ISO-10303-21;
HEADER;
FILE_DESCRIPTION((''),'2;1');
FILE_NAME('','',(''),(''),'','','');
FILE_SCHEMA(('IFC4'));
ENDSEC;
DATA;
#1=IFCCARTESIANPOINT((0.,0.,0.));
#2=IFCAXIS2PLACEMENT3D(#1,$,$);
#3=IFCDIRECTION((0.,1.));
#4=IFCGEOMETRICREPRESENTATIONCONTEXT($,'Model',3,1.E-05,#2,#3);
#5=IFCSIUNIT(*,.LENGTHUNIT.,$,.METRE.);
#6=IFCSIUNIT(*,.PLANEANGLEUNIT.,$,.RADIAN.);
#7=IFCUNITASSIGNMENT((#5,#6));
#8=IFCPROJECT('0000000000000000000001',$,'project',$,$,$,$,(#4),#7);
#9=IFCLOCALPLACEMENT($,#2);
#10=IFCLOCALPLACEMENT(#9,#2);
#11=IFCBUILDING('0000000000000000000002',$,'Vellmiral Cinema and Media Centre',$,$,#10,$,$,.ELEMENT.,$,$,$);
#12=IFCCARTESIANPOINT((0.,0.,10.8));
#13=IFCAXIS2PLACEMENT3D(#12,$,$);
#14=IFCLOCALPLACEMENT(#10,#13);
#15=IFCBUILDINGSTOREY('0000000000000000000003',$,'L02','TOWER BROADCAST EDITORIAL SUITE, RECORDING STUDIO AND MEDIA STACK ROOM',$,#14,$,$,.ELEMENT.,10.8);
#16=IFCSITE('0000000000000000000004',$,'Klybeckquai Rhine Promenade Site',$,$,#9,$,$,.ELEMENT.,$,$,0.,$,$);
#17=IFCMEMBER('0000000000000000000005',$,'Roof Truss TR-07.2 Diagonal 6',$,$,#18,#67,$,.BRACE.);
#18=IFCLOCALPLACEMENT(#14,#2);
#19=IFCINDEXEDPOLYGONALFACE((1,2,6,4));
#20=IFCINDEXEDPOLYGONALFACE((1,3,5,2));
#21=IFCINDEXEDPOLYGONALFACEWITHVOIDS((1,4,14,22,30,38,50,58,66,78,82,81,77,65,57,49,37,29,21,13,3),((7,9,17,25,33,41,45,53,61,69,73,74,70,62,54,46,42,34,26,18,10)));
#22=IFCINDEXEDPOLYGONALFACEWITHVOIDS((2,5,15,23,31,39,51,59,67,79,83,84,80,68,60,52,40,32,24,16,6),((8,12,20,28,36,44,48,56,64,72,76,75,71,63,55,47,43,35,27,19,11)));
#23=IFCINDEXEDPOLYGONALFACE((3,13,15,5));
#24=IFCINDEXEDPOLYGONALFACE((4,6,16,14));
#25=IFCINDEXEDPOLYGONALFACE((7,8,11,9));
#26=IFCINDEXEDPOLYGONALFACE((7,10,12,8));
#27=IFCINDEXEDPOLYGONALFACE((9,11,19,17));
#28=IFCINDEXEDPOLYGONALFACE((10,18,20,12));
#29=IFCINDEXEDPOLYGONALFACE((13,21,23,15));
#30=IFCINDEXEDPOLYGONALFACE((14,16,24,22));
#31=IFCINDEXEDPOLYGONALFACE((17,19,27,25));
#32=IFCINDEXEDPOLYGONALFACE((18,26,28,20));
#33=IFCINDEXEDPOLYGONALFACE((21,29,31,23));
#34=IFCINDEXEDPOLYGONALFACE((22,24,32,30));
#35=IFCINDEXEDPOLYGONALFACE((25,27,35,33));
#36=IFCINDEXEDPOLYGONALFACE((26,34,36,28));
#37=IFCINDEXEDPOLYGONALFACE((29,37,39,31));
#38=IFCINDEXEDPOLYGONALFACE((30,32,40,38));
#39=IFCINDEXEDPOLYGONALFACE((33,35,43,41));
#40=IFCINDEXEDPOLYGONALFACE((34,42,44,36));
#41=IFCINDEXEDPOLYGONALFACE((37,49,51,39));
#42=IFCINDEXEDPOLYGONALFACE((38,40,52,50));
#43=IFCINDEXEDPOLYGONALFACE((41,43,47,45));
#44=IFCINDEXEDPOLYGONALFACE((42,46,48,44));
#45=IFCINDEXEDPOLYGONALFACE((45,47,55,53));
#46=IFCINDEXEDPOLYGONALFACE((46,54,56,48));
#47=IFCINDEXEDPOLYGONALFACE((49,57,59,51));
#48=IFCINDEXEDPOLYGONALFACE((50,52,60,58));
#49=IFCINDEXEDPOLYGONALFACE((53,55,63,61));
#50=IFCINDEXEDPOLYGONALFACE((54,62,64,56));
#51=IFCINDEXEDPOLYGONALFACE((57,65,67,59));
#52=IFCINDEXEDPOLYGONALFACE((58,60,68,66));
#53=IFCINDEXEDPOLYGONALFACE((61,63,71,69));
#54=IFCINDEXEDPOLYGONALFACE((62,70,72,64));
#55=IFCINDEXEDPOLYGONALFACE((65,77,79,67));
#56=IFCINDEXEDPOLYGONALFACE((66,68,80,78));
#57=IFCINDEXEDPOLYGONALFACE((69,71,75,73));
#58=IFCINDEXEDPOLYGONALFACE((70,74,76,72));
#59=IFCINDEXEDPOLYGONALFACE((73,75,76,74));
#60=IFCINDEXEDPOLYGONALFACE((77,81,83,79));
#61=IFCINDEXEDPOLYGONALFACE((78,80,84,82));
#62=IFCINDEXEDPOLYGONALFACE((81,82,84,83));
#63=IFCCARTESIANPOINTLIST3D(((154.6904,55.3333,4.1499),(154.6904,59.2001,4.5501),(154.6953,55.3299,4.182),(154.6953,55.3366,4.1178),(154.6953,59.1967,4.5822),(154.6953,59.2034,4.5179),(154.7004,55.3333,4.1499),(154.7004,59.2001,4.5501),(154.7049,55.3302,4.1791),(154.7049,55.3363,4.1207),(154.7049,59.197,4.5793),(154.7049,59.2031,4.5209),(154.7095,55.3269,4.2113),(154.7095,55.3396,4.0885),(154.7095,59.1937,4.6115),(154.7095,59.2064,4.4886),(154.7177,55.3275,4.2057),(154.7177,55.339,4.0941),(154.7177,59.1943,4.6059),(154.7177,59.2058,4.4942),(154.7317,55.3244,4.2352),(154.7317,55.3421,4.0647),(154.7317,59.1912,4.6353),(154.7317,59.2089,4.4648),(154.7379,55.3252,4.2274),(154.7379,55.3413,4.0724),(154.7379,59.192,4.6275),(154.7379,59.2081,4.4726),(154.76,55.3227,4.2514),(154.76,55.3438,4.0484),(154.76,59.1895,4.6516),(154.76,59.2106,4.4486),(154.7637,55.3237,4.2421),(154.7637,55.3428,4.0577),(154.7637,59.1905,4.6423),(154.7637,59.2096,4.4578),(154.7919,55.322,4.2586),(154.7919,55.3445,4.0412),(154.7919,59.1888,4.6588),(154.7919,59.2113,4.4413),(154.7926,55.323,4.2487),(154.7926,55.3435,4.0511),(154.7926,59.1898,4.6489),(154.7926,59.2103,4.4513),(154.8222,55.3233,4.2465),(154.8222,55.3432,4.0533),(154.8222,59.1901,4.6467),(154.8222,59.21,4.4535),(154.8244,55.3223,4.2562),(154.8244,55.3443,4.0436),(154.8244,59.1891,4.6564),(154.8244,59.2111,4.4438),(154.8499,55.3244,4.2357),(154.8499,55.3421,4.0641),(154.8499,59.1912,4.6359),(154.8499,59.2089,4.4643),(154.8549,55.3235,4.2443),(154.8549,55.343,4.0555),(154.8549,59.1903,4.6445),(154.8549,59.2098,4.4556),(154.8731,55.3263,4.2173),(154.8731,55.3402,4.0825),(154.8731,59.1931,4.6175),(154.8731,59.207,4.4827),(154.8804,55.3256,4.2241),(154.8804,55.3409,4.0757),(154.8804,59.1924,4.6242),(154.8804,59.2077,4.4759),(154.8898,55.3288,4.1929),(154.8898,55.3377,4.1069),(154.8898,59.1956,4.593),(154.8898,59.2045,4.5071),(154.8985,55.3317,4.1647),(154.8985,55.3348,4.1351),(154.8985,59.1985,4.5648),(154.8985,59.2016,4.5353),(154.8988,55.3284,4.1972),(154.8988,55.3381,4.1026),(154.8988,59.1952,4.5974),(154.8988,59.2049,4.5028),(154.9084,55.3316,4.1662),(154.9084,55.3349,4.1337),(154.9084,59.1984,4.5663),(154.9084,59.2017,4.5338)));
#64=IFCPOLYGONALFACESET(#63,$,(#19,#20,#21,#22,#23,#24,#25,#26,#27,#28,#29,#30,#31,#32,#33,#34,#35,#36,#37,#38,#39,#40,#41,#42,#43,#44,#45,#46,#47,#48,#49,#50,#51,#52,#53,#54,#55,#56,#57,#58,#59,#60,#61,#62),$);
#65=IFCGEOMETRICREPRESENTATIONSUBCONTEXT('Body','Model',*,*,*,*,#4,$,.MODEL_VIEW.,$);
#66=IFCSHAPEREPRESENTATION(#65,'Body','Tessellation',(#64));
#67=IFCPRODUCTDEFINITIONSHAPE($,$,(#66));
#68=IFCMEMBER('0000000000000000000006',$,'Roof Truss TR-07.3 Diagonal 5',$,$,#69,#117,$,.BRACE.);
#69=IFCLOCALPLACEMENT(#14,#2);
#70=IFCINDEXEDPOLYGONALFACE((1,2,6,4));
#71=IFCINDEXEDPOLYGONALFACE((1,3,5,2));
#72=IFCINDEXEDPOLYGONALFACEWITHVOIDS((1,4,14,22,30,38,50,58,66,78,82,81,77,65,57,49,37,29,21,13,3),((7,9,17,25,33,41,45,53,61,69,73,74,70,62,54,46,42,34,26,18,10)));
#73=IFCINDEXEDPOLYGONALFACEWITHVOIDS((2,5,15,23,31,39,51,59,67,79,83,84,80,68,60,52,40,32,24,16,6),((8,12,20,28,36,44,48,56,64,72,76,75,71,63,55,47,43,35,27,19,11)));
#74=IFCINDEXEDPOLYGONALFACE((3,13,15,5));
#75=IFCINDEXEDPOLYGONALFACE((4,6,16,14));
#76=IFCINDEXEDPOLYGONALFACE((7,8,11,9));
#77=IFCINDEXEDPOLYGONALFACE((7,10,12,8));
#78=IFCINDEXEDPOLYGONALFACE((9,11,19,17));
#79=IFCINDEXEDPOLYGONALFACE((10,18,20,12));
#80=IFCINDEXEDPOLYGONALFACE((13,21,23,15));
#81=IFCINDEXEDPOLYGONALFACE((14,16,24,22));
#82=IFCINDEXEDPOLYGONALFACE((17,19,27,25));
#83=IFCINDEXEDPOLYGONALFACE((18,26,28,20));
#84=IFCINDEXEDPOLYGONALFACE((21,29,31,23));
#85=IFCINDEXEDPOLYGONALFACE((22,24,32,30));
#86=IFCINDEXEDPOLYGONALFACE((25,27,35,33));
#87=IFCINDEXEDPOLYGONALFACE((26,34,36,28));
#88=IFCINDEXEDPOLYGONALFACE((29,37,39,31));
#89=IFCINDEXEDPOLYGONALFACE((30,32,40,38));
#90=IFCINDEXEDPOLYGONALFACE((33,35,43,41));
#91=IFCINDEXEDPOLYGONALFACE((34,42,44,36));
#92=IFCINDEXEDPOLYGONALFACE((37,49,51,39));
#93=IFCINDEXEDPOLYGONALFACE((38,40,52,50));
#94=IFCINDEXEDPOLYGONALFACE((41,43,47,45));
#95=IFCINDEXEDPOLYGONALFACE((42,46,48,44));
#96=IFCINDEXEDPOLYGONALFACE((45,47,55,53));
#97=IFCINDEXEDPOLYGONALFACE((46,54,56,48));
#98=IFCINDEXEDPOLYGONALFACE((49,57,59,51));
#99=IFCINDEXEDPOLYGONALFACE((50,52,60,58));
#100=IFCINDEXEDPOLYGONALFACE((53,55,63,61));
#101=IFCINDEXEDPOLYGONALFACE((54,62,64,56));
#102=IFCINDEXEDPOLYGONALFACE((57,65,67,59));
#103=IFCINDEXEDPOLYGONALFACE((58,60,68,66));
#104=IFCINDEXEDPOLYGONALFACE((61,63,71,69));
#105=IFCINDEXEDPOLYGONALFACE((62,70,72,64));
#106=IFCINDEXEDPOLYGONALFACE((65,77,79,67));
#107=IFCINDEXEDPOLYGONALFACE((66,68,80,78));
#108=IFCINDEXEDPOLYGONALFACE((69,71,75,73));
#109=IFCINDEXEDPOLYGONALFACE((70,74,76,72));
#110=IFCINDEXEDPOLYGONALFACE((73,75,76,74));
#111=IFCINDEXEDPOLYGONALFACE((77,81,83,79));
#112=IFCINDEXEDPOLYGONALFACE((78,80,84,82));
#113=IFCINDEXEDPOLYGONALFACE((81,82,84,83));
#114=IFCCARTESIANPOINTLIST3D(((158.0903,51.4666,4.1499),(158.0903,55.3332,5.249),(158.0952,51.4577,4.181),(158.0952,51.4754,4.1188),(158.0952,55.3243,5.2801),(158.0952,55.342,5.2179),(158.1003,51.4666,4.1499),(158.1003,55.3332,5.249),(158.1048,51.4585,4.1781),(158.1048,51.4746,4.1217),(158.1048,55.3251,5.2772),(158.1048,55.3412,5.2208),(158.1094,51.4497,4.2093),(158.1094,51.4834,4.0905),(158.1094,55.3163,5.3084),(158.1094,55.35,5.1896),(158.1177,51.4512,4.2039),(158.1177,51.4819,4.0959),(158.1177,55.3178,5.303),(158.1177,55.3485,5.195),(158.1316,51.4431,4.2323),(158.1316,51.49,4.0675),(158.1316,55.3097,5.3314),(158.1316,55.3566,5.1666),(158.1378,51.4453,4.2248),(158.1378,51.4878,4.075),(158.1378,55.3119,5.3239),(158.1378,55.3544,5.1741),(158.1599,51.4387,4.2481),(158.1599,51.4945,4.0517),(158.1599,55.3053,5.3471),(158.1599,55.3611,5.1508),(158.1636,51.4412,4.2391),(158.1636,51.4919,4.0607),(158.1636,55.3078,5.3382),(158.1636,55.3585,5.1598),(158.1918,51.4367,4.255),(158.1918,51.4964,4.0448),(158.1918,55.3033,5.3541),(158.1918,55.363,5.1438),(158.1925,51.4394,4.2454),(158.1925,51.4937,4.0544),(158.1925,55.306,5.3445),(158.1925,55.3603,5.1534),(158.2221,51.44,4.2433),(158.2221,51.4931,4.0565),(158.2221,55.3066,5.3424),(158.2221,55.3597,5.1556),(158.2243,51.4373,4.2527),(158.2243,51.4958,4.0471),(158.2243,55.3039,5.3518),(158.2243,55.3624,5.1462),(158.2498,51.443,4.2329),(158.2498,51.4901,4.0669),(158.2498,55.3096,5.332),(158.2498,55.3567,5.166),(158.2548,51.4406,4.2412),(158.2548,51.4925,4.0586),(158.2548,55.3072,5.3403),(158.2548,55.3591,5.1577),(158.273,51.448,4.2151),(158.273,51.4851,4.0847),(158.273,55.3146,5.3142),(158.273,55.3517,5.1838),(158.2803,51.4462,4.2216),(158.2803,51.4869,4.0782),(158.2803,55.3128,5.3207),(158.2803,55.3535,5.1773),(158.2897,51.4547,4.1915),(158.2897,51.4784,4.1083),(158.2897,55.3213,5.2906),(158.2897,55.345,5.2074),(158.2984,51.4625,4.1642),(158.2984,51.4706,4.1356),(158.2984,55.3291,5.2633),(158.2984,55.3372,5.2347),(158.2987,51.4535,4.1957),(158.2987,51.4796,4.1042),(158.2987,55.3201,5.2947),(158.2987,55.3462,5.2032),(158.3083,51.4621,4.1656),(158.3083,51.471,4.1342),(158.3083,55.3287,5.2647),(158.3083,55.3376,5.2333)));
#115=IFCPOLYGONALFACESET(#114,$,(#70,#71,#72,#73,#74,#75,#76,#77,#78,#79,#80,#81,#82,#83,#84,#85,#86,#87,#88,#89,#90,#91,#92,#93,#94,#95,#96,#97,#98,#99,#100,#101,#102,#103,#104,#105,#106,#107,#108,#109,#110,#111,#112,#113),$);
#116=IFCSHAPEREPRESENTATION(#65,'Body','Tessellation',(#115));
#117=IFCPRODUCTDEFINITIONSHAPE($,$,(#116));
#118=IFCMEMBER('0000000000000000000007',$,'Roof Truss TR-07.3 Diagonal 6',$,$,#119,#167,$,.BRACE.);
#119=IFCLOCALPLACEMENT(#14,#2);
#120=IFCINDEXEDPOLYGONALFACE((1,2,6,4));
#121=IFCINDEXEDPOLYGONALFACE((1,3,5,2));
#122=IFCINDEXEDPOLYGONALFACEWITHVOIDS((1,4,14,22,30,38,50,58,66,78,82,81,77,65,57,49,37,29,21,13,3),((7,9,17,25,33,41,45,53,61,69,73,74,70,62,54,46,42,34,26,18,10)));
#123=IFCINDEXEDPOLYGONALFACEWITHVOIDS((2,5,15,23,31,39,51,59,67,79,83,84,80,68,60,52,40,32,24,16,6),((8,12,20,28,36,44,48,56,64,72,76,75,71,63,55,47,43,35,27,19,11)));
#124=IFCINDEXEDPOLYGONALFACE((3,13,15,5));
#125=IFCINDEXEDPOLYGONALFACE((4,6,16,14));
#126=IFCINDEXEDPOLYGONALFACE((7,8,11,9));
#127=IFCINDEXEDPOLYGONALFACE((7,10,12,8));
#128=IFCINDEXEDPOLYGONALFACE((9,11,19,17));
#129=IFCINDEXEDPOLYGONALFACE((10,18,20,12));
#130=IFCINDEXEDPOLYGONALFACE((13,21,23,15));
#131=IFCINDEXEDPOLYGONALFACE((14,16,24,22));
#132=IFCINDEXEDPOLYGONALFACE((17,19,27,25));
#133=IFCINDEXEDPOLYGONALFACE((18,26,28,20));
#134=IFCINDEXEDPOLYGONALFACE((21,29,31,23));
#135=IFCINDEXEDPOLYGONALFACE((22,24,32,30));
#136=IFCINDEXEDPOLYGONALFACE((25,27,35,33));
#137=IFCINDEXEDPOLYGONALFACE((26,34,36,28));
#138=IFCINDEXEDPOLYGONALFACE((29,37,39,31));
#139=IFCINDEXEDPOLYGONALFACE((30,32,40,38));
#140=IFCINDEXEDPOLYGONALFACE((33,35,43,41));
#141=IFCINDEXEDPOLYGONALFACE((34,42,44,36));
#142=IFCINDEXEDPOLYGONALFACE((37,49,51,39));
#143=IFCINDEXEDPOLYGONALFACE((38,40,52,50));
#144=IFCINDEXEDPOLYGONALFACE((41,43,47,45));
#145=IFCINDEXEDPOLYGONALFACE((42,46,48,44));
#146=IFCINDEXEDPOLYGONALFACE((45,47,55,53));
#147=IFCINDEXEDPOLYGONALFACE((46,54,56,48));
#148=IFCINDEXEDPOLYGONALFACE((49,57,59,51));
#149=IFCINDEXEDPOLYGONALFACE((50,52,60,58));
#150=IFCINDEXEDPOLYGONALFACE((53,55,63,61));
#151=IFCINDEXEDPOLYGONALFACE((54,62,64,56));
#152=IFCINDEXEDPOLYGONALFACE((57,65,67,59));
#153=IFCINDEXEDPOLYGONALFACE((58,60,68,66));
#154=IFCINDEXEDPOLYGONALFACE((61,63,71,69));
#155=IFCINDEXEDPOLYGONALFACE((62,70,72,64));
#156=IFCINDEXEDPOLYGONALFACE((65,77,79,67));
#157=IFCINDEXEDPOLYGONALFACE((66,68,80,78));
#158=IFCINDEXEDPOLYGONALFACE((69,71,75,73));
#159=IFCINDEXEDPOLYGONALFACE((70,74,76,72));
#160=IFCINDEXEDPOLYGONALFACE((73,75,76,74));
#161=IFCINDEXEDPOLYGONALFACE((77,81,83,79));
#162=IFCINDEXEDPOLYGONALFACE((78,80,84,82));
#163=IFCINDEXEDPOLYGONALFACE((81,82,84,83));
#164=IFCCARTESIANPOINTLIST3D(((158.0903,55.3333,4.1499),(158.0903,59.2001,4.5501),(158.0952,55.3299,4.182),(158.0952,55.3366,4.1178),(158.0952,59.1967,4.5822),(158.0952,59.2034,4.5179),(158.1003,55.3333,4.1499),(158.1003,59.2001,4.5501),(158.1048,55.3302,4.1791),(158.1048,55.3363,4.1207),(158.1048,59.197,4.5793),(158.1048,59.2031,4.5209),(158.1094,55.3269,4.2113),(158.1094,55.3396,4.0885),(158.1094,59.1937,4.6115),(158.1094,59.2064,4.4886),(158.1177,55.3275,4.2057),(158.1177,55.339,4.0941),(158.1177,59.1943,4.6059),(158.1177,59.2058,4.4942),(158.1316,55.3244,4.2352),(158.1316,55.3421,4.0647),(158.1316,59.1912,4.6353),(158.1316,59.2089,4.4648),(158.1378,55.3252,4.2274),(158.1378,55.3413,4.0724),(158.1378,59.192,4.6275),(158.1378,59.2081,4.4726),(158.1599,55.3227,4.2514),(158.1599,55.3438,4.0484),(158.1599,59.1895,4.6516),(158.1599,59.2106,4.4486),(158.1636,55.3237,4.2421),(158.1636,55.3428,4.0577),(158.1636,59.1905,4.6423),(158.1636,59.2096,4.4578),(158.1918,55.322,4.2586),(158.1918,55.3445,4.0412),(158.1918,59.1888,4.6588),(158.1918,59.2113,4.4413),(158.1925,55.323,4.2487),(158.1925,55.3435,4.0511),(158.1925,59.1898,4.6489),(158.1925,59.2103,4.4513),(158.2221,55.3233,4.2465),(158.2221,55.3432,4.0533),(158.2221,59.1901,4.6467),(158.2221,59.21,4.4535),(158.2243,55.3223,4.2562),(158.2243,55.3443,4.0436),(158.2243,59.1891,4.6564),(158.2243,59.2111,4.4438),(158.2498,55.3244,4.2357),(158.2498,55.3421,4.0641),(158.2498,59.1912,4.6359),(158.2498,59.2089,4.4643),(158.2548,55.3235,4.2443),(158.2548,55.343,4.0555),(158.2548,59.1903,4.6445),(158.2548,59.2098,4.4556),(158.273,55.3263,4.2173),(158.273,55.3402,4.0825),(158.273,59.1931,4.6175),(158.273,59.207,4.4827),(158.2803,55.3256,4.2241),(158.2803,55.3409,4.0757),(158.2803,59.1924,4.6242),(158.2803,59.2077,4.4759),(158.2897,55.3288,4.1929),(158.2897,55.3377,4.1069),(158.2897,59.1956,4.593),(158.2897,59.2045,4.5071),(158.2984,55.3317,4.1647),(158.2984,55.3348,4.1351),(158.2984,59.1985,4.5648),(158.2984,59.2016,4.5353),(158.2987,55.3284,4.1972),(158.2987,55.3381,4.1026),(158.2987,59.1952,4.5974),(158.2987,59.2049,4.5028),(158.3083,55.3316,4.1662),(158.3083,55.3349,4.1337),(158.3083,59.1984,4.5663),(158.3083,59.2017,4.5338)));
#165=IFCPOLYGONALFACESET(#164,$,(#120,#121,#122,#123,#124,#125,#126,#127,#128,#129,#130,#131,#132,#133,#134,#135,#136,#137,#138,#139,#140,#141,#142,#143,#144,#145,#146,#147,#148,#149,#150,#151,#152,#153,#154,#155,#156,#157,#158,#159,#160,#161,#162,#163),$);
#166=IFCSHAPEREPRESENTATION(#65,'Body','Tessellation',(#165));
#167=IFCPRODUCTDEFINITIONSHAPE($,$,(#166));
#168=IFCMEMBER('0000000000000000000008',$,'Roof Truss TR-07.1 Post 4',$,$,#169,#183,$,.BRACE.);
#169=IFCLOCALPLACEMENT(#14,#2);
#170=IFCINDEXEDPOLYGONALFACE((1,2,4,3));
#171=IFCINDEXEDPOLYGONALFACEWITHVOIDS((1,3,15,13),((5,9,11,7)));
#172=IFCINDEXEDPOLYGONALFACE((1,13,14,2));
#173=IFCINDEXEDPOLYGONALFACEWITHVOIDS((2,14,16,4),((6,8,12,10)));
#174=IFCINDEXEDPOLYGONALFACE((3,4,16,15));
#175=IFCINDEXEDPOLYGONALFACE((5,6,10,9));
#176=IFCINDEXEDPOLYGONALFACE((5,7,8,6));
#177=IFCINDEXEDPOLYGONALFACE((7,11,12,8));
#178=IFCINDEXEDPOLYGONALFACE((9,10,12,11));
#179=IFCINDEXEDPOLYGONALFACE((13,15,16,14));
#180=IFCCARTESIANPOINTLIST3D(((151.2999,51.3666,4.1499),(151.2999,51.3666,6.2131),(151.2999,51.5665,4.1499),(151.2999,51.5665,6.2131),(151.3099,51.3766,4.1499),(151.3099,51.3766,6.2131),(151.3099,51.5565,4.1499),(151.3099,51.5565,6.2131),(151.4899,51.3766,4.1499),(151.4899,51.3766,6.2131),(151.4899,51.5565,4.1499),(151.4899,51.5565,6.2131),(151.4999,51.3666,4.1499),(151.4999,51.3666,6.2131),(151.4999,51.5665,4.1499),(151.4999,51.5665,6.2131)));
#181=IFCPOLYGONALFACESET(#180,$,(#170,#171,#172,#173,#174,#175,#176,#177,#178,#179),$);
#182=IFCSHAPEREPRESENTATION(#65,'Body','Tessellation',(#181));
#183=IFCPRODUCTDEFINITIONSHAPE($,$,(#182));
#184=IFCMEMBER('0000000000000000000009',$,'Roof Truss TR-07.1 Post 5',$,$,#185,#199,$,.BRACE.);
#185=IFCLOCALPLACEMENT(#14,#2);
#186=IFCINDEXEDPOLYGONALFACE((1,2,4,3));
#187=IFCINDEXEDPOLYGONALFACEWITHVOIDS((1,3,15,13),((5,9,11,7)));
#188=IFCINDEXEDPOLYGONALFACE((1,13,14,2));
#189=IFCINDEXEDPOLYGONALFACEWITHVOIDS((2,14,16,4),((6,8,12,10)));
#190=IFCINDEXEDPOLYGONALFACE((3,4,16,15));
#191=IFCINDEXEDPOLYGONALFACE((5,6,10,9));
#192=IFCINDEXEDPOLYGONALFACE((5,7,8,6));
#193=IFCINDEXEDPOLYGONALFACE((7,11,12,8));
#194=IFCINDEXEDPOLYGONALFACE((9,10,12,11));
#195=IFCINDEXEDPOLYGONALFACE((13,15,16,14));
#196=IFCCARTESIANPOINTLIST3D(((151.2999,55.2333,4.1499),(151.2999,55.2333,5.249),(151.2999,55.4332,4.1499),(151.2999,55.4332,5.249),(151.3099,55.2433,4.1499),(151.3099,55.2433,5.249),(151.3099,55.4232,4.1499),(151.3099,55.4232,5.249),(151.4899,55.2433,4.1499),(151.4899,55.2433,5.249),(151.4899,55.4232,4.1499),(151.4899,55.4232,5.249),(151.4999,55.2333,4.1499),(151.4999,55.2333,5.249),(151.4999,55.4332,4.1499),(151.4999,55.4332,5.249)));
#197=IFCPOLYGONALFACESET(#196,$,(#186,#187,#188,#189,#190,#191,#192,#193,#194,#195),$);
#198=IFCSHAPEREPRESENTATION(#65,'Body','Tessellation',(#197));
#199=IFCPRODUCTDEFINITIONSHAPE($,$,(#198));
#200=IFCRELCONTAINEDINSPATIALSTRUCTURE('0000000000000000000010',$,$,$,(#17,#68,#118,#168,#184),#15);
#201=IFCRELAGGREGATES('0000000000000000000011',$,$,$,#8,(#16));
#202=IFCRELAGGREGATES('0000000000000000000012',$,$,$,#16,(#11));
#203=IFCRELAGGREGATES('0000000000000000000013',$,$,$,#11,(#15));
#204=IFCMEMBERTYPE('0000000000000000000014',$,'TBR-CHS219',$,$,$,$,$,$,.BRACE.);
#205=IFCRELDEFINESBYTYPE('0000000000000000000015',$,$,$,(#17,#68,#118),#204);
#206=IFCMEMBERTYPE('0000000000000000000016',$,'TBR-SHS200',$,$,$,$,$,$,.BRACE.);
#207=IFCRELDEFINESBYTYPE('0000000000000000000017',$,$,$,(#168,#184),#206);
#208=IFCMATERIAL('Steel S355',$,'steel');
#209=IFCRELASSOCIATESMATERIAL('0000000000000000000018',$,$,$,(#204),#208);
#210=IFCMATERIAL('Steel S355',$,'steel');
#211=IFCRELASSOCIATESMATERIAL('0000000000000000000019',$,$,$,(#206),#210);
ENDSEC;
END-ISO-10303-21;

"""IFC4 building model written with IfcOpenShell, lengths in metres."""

from ifc_helpers import new_model, si_unit, direction, frame, origin, origin_2d, place, context, subcontext, project, spatial, hollow_rectangle, hollow_circle, extrude, material, material_profile, profile_set, type_object, element, save


model = new_model("IFC4")

# Units and contexts
model_context = context("Model", 3, precision=1e-05, world=origin(), true_north=direction((0.0, 1.0)))
body_context = subcontext(model_context, "Body", "Model", "MODEL_VIEW")
ifc_project = project(units=[si_unit("LENGTHUNIT", "METRE"), si_unit("PLANEANGLEUNIT", "RADIAN")], contexts=[model_context])

# Site, building, storey
site_placement = place(None, origin())
site = spatial("IfcSite", under=ifc_project, at=site_placement, Name="Klybeckquai Rhine Promenade Site", CompositionType="ELEMENT", RefElevation=0.0)
building_placement = place(site_placement, origin())
building = spatial("IfcBuilding", under=site, at=building_placement, Name="Vellmiral Cinema and Media Centre", CompositionType="ELEMENT")
storey_placement = place(building_placement, frame((0.0, 0.0, 10.8)))
storey = spatial("IfcBuildingStorey", under=building, at=storey_placement, Name="L02", Description="TOWER BROADCAST EDITORIAL SUITE, RECORDING STUDIO AND MEDIA STACK ROOM", CompositionType="ELEMENT", Elevation=10.8)

# Members
ifc_material_1 = material(Name="Steel S355", Category="steel")
ifc_material_profile_1 = material_profile(ifc_material_1, hollow_circle(Radius=0.1096, WallThickness=0.01, at=origin_2d()), Name="CHS 219.1x10.0")
ifc_profile_set_1 = profile_set([ifc_material_profile_1], Name="Steel S355")
member_type_1 = type_object("IfcMemberType", Name="TBR-CHS219", PredefinedType="BRACE", material=ifc_profile_set_1)
member_1_placement = place(storey_placement, frame((154.8, 55.3333, 4.1499), z_axis=(0.0, 0.994688, 0.102936), x_axis=(-1.0, 0.0, 0.0)))
element("IfcMember", 1, at=member_1_placement, inside=storey, type_object=member_type_1, Name="Roof Truss TR-07.2 Diagonal 6", PredefinedType="BRACE", context=body_context, shape_type="SweptSolid", body=[
    extrude(hollow_circle(Radius=0.1096, WallThickness=0.01, at=origin_2d()), origin(), (0.0, 0.0, 1.0), 3.8875),
])
member_2_placement = place(storey_placement, frame((158.2, 51.4666, 4.1499), z_axis=(0.0, 0.961894, 0.273421), x_axis=(-1.0, 0.0, 0.0)))
element("IfcMember", 2, at=member_2_placement, inside=storey, type_object=member_type_1, Name="Roof Truss TR-07.3 Diagonal 5", PredefinedType="BRACE", context=body_context, shape_type="SweptSolid", body=[
    extrude(hollow_circle(Radius=0.1096, WallThickness=0.01, at=origin_2d()), origin(), (0.0, 0.0, 1.0), 4.0198),
])
member_3_placement = place(storey_placement, frame((158.2, 55.3333, 4.1499), z_axis=(0.0, 0.994688, 0.102936), x_axis=(-1.0, 0.0, 0.0)))
element("IfcMember", 3, at=member_3_placement, inside=storey, type_object=member_type_1, Name="Roof Truss TR-07.3 Diagonal 6", PredefinedType="BRACE", context=body_context, shape_type="SweptSolid", body=[
    extrude(hollow_circle(Radius=0.1096, WallThickness=0.01, at=origin_2d()), origin(), (0.0, 0.0, 1.0), 3.8875),
])
ifc_material_2 = material(Name="Steel S355", Category="steel")
ifc_material_profile_2 = material_profile(ifc_material_2, hollow_rectangle(XDim=0.2, YDim=0.2, WallThickness=0.01, at=origin_2d()), Name="SHS 200x200x10.0")
ifc_profile_set_2 = profile_set([ifc_material_profile_2], Name="Steel S355")
member_type_2 = type_object("IfcMemberType", Name="TBR-SHS200", PredefinedType="BRACE", material=ifc_profile_set_2)
member_4_placement = place(storey_placement, frame((151.3999, 51.4666, 4.1499), z_axis=(0.0, 0.0, 1.0), x_axis=(1.0, 0.0, 0.0)))
element("IfcMember", 4, at=member_4_placement, inside=storey, type_object=member_type_2, Name="Roof Truss TR-07.1 Post 4", PredefinedType="BRACE", context=body_context, shape_type="SweptSolid", body=[
    extrude(hollow_rectangle(XDim=0.2, YDim=0.2, WallThickness=0.01, at=origin_2d()), origin(), (0.0, 0.0, 1.0), 2.0632),
])
member_5_placement = place(storey_placement, frame((151.3999, 55.3333, 4.1499), z_axis=(0.0, 0.0, 1.0), x_axis=(1.0, 0.0, 0.0)))
element("IfcMember", 5, at=member_5_placement, inside=storey, type_object=member_type_2, Name="Roof Truss TR-07.1 Post 5", PredefinedType="BRACE", context=body_context, shape_type="SweptSolid", body=[
    extrude(hollow_rectangle(XDim=0.2, YDim=0.2, WallThickness=0.01, at=origin_2d()), origin(), (0.0, 0.0, 1.0), 1.0991),
])

save(model, "model.ifc")
